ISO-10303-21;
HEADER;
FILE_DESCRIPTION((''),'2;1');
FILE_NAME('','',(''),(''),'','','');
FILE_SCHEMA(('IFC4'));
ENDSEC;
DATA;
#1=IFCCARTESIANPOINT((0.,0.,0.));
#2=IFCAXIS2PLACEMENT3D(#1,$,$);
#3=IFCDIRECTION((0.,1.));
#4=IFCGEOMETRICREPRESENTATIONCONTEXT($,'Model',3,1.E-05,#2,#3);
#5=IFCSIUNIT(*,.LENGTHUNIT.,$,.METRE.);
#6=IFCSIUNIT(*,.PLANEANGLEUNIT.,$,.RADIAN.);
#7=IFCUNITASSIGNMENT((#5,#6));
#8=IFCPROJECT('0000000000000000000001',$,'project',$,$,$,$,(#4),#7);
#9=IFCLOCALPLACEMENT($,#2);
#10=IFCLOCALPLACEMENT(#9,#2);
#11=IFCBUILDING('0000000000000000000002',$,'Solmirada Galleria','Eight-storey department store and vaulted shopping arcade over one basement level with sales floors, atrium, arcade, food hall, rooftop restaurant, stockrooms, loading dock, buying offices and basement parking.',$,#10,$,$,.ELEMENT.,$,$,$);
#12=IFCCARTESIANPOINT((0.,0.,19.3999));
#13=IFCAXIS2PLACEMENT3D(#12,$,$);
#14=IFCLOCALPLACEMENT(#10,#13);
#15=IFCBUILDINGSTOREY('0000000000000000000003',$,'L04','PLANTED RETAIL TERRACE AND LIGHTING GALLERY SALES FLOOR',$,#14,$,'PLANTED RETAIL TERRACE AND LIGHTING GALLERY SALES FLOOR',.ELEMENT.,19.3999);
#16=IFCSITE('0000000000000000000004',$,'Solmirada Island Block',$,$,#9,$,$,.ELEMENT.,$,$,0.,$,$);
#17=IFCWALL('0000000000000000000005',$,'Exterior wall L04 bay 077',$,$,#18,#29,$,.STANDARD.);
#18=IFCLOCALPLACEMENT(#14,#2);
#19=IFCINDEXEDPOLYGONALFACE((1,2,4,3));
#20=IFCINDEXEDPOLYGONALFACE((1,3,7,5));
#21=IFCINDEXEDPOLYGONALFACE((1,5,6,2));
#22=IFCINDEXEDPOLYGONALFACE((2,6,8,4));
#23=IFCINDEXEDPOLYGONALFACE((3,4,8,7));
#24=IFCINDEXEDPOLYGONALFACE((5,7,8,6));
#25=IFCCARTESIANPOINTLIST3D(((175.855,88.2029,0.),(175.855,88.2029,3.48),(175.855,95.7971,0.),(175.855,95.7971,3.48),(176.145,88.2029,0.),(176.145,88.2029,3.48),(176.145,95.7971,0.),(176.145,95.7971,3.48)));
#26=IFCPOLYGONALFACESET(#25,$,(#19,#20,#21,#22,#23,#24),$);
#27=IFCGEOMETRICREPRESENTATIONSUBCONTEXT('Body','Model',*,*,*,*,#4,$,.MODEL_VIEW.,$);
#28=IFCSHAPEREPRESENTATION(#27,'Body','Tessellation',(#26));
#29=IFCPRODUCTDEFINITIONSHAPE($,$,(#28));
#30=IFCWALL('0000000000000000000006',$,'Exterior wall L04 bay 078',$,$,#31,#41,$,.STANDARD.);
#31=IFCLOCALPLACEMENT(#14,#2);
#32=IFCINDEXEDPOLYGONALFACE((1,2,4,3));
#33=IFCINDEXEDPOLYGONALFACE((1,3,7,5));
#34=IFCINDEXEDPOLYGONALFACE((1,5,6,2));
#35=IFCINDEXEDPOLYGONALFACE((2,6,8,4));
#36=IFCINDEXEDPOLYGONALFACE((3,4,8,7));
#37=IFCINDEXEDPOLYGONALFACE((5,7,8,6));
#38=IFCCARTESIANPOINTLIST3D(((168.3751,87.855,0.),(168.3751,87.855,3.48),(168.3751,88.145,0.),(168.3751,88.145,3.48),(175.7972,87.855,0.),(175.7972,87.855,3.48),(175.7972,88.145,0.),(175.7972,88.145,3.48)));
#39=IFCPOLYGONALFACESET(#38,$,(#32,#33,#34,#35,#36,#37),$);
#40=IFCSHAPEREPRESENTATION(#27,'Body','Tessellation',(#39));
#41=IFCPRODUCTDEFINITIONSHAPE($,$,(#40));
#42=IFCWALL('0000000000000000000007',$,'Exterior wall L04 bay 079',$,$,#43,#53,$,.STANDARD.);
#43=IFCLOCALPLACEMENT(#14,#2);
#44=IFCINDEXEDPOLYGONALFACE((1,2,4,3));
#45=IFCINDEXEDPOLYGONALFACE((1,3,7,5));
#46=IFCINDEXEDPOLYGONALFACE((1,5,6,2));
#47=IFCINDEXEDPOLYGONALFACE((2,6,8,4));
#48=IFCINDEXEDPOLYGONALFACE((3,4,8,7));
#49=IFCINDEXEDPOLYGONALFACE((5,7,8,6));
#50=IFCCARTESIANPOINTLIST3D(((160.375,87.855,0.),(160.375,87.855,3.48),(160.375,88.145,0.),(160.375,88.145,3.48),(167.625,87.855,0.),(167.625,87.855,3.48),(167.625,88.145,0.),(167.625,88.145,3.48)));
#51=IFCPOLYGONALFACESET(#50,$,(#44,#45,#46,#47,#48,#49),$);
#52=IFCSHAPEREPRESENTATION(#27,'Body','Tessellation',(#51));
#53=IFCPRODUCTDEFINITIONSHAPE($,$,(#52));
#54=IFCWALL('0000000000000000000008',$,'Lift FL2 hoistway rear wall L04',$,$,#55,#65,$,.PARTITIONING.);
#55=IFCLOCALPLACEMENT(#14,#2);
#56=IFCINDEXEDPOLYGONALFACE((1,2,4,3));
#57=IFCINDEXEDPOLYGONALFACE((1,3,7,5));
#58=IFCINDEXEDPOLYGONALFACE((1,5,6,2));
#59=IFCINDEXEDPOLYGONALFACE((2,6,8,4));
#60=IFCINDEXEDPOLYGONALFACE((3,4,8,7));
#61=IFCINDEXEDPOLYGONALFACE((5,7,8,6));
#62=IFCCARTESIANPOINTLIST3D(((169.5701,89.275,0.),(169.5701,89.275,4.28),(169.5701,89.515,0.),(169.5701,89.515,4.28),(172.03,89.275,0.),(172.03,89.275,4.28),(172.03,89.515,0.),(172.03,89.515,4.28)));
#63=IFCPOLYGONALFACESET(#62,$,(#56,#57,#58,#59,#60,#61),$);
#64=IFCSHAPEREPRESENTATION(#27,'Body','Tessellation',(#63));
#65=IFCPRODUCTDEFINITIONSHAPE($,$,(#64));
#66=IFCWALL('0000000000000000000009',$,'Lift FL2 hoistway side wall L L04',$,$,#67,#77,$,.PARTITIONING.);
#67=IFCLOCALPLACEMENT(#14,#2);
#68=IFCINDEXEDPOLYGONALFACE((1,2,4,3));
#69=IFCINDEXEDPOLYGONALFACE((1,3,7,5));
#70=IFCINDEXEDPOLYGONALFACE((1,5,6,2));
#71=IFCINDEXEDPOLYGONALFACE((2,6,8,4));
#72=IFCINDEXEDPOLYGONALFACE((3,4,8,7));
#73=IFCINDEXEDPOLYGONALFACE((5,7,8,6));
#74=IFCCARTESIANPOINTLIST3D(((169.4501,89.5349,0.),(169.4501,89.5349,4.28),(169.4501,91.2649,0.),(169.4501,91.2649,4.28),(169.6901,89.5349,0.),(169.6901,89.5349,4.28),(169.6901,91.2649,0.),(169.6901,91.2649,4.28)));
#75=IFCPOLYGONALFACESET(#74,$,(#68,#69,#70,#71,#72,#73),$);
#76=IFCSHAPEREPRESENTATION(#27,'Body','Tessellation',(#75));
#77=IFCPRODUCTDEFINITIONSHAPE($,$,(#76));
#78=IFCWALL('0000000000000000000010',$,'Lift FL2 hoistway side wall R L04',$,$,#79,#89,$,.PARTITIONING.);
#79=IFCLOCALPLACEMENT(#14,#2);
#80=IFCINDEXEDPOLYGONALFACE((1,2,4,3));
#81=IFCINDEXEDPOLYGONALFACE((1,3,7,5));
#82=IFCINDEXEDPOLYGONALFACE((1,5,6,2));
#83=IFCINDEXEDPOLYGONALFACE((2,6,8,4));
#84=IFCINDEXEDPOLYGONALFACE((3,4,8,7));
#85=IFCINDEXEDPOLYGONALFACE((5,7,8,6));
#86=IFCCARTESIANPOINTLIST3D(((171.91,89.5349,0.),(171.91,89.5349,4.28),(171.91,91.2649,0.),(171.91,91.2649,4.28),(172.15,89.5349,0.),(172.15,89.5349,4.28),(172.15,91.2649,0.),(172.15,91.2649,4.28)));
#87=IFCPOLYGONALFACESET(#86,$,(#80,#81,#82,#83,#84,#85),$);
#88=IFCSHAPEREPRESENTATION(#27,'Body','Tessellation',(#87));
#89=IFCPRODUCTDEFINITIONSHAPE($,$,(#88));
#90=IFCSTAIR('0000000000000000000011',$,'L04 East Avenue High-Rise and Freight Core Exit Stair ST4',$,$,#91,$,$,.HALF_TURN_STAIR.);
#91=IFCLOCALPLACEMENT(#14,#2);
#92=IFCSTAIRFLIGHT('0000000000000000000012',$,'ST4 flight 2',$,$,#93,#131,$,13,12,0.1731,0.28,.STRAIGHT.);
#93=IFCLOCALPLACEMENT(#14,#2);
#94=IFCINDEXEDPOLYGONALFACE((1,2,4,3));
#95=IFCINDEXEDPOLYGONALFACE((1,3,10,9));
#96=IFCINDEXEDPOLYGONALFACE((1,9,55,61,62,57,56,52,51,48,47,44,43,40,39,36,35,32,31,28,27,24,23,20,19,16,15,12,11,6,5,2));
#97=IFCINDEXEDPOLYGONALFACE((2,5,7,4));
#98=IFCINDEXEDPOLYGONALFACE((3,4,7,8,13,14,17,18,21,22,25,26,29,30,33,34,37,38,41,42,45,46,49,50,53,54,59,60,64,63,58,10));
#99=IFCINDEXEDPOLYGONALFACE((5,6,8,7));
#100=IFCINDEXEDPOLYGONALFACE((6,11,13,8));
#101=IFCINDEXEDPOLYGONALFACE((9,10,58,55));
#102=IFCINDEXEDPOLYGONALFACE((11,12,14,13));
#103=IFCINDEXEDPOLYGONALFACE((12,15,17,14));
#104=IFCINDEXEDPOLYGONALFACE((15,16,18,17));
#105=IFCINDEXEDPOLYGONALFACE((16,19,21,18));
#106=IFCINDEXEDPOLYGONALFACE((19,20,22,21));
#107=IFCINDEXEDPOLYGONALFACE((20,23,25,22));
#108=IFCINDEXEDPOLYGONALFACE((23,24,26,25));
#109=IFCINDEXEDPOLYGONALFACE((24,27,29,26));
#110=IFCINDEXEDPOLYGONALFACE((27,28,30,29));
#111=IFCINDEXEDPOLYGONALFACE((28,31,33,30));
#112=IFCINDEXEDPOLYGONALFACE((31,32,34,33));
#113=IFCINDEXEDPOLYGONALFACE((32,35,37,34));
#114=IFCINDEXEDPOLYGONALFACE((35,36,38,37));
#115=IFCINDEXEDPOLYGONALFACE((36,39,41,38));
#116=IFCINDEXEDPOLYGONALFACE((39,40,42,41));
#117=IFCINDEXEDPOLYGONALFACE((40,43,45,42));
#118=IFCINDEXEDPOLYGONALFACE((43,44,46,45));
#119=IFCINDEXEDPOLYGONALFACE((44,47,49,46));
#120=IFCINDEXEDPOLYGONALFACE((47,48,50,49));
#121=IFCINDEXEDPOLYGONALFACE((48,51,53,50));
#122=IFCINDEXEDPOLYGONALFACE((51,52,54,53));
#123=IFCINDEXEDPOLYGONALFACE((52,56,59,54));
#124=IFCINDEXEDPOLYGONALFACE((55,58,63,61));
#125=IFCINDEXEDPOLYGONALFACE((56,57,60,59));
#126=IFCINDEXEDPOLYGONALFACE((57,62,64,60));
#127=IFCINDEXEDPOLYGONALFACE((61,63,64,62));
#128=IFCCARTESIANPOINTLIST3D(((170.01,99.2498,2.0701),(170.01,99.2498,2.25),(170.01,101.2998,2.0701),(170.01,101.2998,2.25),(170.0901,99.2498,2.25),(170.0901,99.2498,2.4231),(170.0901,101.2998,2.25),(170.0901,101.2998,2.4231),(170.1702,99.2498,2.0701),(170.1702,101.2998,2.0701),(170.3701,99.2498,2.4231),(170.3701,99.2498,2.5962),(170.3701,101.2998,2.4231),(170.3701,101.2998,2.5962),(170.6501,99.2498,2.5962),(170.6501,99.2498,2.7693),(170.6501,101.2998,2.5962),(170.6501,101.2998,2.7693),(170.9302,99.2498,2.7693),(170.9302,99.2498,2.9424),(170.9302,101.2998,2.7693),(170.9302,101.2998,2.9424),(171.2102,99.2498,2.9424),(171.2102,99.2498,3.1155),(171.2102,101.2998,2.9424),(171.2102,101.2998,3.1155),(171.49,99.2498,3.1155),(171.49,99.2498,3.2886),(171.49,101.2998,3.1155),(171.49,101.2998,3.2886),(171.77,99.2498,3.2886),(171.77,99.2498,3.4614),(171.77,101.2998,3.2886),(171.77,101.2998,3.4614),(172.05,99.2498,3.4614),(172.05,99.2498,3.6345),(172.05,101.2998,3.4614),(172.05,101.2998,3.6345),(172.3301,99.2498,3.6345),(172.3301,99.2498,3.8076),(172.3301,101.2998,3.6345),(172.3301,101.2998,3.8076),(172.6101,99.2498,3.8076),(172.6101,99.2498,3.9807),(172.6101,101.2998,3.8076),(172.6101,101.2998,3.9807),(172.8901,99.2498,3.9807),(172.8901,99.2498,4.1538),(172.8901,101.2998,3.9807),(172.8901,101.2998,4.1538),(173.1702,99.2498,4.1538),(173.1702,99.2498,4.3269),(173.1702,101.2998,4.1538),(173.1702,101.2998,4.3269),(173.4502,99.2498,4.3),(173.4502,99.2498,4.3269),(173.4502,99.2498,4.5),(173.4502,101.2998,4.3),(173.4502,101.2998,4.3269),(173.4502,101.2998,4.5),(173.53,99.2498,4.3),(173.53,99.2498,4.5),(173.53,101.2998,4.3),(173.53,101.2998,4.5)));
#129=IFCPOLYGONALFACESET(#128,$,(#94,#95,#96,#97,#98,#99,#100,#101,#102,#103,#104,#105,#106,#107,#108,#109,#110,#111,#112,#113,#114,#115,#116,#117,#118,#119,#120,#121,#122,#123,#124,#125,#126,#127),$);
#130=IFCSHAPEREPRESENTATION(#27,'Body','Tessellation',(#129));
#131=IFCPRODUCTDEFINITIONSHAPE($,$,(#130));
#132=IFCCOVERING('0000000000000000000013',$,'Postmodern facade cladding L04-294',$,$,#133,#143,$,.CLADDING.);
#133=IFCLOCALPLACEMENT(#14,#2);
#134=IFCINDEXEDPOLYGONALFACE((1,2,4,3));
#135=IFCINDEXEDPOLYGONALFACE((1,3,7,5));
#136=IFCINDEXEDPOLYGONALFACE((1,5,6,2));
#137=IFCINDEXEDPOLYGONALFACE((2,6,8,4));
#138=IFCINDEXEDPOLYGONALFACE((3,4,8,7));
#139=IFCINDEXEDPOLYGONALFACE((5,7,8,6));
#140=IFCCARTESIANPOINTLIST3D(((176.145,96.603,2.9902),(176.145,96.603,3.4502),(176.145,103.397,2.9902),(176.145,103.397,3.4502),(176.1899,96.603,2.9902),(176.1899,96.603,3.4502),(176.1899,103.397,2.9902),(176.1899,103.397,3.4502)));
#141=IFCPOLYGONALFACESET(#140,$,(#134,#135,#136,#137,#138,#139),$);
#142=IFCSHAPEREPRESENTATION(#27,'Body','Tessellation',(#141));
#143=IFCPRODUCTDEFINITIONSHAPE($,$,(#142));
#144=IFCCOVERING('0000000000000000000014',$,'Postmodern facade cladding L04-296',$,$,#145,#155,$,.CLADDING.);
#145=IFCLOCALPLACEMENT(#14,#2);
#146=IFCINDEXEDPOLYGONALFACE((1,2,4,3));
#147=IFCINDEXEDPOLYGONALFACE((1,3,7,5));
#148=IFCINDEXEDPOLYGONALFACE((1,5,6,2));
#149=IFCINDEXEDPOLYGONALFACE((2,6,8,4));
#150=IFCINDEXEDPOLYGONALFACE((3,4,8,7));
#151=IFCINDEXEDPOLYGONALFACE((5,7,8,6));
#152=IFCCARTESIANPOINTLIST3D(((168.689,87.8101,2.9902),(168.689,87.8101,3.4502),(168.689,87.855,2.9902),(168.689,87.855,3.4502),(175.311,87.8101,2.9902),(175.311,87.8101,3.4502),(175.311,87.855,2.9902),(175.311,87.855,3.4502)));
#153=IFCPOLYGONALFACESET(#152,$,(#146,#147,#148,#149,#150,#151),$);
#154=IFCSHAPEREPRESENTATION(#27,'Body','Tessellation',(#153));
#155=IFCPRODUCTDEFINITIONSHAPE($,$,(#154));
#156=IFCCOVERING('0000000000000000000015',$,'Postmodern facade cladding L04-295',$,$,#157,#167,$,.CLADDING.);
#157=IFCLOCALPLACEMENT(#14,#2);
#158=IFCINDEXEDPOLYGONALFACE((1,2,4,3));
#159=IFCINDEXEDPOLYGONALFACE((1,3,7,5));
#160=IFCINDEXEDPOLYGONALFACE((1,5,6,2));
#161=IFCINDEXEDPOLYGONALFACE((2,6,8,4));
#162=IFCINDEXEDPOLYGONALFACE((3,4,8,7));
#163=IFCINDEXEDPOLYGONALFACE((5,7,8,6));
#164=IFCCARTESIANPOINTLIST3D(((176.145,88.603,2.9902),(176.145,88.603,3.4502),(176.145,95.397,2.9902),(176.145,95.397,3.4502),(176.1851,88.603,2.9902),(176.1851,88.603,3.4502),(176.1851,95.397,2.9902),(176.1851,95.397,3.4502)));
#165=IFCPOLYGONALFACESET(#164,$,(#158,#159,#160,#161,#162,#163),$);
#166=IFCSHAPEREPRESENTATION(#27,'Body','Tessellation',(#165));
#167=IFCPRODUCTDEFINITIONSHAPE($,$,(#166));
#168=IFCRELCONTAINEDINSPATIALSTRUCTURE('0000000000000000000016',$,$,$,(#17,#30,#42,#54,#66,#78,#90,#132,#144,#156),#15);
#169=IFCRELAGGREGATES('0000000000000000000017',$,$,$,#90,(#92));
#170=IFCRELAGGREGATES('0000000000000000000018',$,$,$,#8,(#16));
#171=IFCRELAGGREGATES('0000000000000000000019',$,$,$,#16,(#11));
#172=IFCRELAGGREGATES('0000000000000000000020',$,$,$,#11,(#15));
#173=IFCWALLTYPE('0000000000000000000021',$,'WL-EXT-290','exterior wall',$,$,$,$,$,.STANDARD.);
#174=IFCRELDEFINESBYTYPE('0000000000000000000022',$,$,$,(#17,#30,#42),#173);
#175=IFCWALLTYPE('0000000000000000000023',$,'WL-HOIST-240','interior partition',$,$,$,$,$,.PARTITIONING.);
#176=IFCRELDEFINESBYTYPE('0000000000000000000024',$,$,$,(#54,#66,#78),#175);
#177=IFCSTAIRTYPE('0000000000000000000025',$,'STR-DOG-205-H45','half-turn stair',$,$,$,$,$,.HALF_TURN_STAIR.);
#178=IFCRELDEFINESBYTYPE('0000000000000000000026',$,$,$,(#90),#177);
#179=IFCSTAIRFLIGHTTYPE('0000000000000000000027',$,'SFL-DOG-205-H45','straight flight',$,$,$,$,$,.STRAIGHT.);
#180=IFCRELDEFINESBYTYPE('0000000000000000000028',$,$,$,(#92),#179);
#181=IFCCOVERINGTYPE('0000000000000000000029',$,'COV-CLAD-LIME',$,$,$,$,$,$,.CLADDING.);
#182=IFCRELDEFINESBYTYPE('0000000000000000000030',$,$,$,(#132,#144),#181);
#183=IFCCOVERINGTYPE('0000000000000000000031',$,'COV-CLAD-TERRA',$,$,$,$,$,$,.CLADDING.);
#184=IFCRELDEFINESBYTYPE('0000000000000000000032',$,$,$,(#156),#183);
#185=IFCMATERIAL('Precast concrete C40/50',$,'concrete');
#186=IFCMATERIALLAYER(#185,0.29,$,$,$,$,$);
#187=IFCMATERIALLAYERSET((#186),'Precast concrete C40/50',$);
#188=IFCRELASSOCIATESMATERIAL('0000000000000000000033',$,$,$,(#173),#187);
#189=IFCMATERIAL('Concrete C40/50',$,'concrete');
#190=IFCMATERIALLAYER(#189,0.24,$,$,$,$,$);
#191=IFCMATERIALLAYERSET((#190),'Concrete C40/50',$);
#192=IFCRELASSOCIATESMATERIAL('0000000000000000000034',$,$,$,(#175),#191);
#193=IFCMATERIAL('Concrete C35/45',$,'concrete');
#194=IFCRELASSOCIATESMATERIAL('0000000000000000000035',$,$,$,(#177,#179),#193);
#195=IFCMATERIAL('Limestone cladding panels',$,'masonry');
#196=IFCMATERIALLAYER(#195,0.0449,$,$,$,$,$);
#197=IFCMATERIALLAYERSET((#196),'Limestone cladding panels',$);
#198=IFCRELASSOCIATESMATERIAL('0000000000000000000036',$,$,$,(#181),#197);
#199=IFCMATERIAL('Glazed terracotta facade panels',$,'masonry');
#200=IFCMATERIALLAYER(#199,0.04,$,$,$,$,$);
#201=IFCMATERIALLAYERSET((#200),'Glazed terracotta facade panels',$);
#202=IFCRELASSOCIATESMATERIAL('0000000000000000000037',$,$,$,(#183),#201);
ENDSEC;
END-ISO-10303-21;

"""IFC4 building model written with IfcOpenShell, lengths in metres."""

from ifc_helpers import new_model, si_unit, direction, frame, frame_2d, origin, origin_2d, place, context, subcontext, project, spatial, polyline, rectangle, outline, extrude, material, layer, layer_set, type_object, element, aggregate, save


model = new_model("IFC4")

# Units and contexts
model_context = context("Model", 3, precision=1e-05, world=origin(), true_north=direction((0.0, 1.0)))
body_context = subcontext(model_context, "Body", "Model", "MODEL_VIEW")
ifc_project = project(units=[si_unit("LENGTHUNIT", "METRE"), si_unit("PLANEANGLEUNIT", "RADIAN")], contexts=[model_context])

# Site, building, storey
site_placement = place(None, origin())
site = spatial("IfcSite", under=ifc_project, at=site_placement, Name="Solmirada Island Block", CompositionType="ELEMENT", RefElevation=0.0)
building_placement = place(site_placement, origin())
building = spatial("IfcBuilding", under=site, at=building_placement, Name="Solmirada Galleria", Description="Eight-storey department store and vaulted shopping arcade over one basement level with sales floors, atrium, arcade, food hall, rooftop restaurant, stockrooms, loading dock, buying offices and basement parking.", CompositionType="ELEMENT")
storey_placement = place(building_placement, frame((0.0, 0.0, 19.3999)))
storey = spatial("IfcBuildingStorey", under=building, at=storey_placement, Name="L04", Description="PLANTED RETAIL TERRACE AND LIGHTING GALLERY SALES FLOOR", LongName="PLANTED RETAIL TERRACE AND LIGHTING GALLERY SALES FLOOR", CompositionType="ELEMENT", Elevation=19.3999)

# Shared definitions
ifc_material_1 = material(Name="Concrete C40/50", Category="concrete")

# Walls
ifc_material_2 = material(Name="Precast concrete C40/50", Category="concrete")
ifc_layer_1 = layer(ifc_material_2, 0.29)
ifc_layer_set_1 = layer_set([ifc_layer_1], Name="Precast concrete C40/50")
wall_type_1 = type_object("IfcWallType", Name="WL-EXT-290", Description="exterior wall", PredefinedType="STANDARD", material=ifc_layer_set_1)
wall_1_placement = place(storey_placement, frame((176.0, 95.7971, 0.0), z_axis=(0.0, 0.0, 1.0), x_axis=(0.0, -1.0, 0.0)))
element("IfcWall", 1, at=wall_1_placement, inside=storey, type_object=wall_type_1, Name="Exterior wall L04 bay 077", PredefinedType="STANDARD", context=body_context, shape_type="SweptSolid", body=[
    extrude(rectangle(XDim=7.5942, YDim=0.29, at=frame_2d((3.7971, 0.0))), origin(), (0.0, 0.0, 1.0), 3.48),
])
wall_2_placement = place(storey_placement, frame((175.7971, 88.0, 0.0), z_axis=(0.0, 0.0, 1.0), x_axis=(-1.0, 0.0, 0.0)))
element("IfcWall", 2, at=wall_2_placement, inside=storey, type_object=wall_type_1, Name="Exterior wall L04 bay 078", PredefinedType="STANDARD", context=body_context, shape_type="SweptSolid", body=[
    extrude(rectangle(XDim=7.4221, YDim=0.29, at=frame_2d((3.7109, 0.0))), origin(), (0.0, 0.0, 1.0), 3.48),
])
wall_3_placement = place(storey_placement, frame((167.625, 88.0, 0.0), z_axis=(0.0, 0.0, 1.0), x_axis=(-1.0, 0.0, 0.0)))
element("IfcWall", 3, at=wall_3_placement, inside=storey, type_object=wall_type_1, Name="Exterior wall L04 bay 079", PredefinedType="STANDARD", context=body_context, shape_type="SweptSolid", body=[
    extrude(rectangle(XDim=7.25, YDim=0.29, at=frame_2d((3.625, 0.0))), origin(), (0.0, 0.0, 1.0), 3.48),
])

# Shared definitions
ifc_layer_2 = layer(ifc_material_1, 0.24)
ifc_layer_set_2 = layer_set([ifc_layer_2], Name="Concrete C40/50")
wall_type_2 = type_object("IfcWallType", Name="WL-HOIST-240", Description="interior partition", PredefinedType="PARTITIONING", material=ifc_layer_set_2)

# Walls
wall_4_placement = place(storey_placement, frame((169.5701, 89.395, 0.0), z_axis=(0.0, 0.0, 1.0), x_axis=(1.0, 0.0, 0.0)))
element("IfcWall", 4, at=wall_4_placement, inside=storey, type_object=wall_type_2, Name="Lift FL2 hoistway rear wall L04", PredefinedType="PARTITIONING", context=body_context, shape_type="SweptSolid", body=[
    extrude(rectangle(XDim=2.46, YDim=0.24, at=frame_2d((1.23, 0.0))), origin(), (0.0, 0.0, 1.0), 4.28),
])
for number, where, z_axis, x_axis, name in (
    (5, (169.5701, 89.5349, 0.0), (0.0, 0.0, 1.0), (0.0, 1.0, 0.0), "Lift FL2 hoistway side wall L L04"),
    (6, (172.03, 89.5349, 0.0), (0.0, 0.0, 1.0), (0.0, 1.0, 0.0), "Lift FL2 hoistway side wall R L04"),
):
    element("IfcWall", number, at=place(storey_placement, frame(where, z_axis=z_axis, x_axis=x_axis)), inside=storey, type_object=wall_type_2, Name=name, PredefinedType="PARTITIONING", context=body_context, shape_type="SweptSolid", body=[
        extrude(rectangle(XDim=1.73, YDim=0.24, at=frame_2d((0.865, 0.0))), origin(), (0.0, 0.0, 1.0), 4.28),
    ])

# Stair, stair flight
ifc_material_3 = material(Name="Concrete C35/45", Category="concrete")
stair_type = type_object("IfcStairType", Name="STR-DOG-205-H45", Description="half-turn stair", PredefinedType="HALF_TURN_STAIR", material=ifc_material_3)
stair_placement = place(storey_placement, origin())
stair = element("IfcStair", 7, at=stair_placement, inside=storey, type_object=stair_type, Name="L04 East Avenue High-Rise and Freight Core Exit Stair ST4", PredefinedType="HALF_TURN_STAIR")
stair_flight_type = type_object("IfcStairFlightType", Name="SFL-DOG-205-H45", Description="straight flight", PredefinedType="STRAIGHT", material=ifc_material_3)
stair_flight_placement = place(storey_placement, frame((170.0901, 100.2749, 2.25), z_axis=(0.0, 0.0, 1.0), x_axis=(1.0, 0.0, 0.0)))
stair_flight = element("IfcStairFlight", 8, at=stair_flight_placement, type_object=stair_flight_type, Name="ST4 flight 2", NumberOfRisers=13, NumberOfTreads=12, PredefinedType="STRAIGHT", RiserHeight=0.1731, TreadLength=0.28, context=body_context, shape_type="SweptSolid", body=[
    extrude(outline(polyline([(-0.0801, 0.0), (0.0, 0.0), (0.0, 0.1731), (0.28, 0.1731), (0.28, 0.3462), (0.5601, 0.3462), (0.5601, 0.5193), (0.8401, 0.5193), (0.8401, 0.6924), (1.1201, 0.6924), (1.1201, 0.8655), (1.3999, 0.8655), (1.3999, 1.0386), (1.6799, 1.0386), (1.6799, 1.2114), (1.96, 1.2114), (1.96, 1.3845), (2.24, 1.3845), (2.24, 1.5576), (2.52, 1.5576), (2.52, 1.7307), (2.8, 1.7307), (2.8, 1.9038), (3.0801, 1.9038), (3.0801, 2.0769), (3.3601, 2.0769), (3.3601, 2.25), (3.4399, 2.25), (3.4399, 2.05), (3.3601, 2.05), (0.0801, -0.1799), (-0.0801, -0.1799), (-0.0801, 0.0)])), frame((0.0, 1.0249, 0.0), z_axis=(0.0, -1.0, 0.0), x_axis=(1.0, 0.0, 0.0)), (0.0, 0.0, 1.0), 2.05),
])
aggregate(stair, [stair_flight])

# Coverings
ifc_material_4 = material(Name="Limestone cladding panels", Category="masonry")
ifc_layer_3 = layer(ifc_material_4, 0.0449)
ifc_layer_set_3 = layer_set([ifc_layer_3], Name="Limestone cladding panels")
covering_type_1 = type_object("IfcCoveringType", Name="COV-CLAD-LIME", PredefinedType="CLADDING", material=ifc_layer_set_3)
covering_1_placement = place(storey_placement, frame((176.1675, 100.0, 2.9902), z_axis=(0.0, 0.0, 1.0), x_axis=(0.0, -1.0, 0.0)))
element("IfcCovering", 9, at=covering_1_placement, inside=storey, type_object=covering_type_1, Name="Postmodern facade cladding L04-294", PredefinedType="CLADDING", context=body_context, shape_type="SweptSolid", body=[
    extrude(rectangle(XDim=6.7939, YDim=0.0449, at=origin_2d()), origin(), (0.0, 0.0, 1.0), 0.46),
])
covering_2_placement = place(storey_placement, frame((172.0, 87.8325, 2.9902), z_axis=(0.0, 0.0, 1.0), x_axis=(-1.0, 0.0, 0.0)))
element("IfcCovering", 10, at=covering_2_placement, inside=storey, type_object=covering_type_1, Name="Postmodern facade cladding L04-296", PredefinedType="CLADDING", context=body_context, shape_type="SweptSolid", body=[
    extrude(rectangle(XDim=6.6221, YDim=0.0449, at=origin_2d()), origin(), (0.0, 0.0, 1.0), 0.46),
])
ifc_material_5 = material(Name="Glazed terracotta facade panels", Category="masonry")
ifc_layer_4 = layer(ifc_material_5, 0.04)
ifc_layer_set_4 = layer_set([ifc_layer_4], Name="Glazed terracotta facade panels")
covering_type_2 = type_object("IfcCoveringType", Name="COV-CLAD-TERRA", PredefinedType="CLADDING", material=ifc_layer_set_4)
covering_3_placement = place(storey_placement, frame((176.165, 92.0, 2.9902), z_axis=(0.0, 0.0, 1.0), x_axis=(0.0, -1.0, 0.0)))
element("IfcCovering", 11, at=covering_3_placement, inside=storey, type_object=covering_type_2, Name="Postmodern facade cladding L04-295", PredefinedType="CLADDING", context=body_context, shape_type="SweptSolid", body=[
    extrude(rectangle(XDim=6.7939, YDim=0.04, at=origin_2d()), origin(), (0.0, 0.0, 1.0), 0.46),
])

save(model, "model.ifc")
